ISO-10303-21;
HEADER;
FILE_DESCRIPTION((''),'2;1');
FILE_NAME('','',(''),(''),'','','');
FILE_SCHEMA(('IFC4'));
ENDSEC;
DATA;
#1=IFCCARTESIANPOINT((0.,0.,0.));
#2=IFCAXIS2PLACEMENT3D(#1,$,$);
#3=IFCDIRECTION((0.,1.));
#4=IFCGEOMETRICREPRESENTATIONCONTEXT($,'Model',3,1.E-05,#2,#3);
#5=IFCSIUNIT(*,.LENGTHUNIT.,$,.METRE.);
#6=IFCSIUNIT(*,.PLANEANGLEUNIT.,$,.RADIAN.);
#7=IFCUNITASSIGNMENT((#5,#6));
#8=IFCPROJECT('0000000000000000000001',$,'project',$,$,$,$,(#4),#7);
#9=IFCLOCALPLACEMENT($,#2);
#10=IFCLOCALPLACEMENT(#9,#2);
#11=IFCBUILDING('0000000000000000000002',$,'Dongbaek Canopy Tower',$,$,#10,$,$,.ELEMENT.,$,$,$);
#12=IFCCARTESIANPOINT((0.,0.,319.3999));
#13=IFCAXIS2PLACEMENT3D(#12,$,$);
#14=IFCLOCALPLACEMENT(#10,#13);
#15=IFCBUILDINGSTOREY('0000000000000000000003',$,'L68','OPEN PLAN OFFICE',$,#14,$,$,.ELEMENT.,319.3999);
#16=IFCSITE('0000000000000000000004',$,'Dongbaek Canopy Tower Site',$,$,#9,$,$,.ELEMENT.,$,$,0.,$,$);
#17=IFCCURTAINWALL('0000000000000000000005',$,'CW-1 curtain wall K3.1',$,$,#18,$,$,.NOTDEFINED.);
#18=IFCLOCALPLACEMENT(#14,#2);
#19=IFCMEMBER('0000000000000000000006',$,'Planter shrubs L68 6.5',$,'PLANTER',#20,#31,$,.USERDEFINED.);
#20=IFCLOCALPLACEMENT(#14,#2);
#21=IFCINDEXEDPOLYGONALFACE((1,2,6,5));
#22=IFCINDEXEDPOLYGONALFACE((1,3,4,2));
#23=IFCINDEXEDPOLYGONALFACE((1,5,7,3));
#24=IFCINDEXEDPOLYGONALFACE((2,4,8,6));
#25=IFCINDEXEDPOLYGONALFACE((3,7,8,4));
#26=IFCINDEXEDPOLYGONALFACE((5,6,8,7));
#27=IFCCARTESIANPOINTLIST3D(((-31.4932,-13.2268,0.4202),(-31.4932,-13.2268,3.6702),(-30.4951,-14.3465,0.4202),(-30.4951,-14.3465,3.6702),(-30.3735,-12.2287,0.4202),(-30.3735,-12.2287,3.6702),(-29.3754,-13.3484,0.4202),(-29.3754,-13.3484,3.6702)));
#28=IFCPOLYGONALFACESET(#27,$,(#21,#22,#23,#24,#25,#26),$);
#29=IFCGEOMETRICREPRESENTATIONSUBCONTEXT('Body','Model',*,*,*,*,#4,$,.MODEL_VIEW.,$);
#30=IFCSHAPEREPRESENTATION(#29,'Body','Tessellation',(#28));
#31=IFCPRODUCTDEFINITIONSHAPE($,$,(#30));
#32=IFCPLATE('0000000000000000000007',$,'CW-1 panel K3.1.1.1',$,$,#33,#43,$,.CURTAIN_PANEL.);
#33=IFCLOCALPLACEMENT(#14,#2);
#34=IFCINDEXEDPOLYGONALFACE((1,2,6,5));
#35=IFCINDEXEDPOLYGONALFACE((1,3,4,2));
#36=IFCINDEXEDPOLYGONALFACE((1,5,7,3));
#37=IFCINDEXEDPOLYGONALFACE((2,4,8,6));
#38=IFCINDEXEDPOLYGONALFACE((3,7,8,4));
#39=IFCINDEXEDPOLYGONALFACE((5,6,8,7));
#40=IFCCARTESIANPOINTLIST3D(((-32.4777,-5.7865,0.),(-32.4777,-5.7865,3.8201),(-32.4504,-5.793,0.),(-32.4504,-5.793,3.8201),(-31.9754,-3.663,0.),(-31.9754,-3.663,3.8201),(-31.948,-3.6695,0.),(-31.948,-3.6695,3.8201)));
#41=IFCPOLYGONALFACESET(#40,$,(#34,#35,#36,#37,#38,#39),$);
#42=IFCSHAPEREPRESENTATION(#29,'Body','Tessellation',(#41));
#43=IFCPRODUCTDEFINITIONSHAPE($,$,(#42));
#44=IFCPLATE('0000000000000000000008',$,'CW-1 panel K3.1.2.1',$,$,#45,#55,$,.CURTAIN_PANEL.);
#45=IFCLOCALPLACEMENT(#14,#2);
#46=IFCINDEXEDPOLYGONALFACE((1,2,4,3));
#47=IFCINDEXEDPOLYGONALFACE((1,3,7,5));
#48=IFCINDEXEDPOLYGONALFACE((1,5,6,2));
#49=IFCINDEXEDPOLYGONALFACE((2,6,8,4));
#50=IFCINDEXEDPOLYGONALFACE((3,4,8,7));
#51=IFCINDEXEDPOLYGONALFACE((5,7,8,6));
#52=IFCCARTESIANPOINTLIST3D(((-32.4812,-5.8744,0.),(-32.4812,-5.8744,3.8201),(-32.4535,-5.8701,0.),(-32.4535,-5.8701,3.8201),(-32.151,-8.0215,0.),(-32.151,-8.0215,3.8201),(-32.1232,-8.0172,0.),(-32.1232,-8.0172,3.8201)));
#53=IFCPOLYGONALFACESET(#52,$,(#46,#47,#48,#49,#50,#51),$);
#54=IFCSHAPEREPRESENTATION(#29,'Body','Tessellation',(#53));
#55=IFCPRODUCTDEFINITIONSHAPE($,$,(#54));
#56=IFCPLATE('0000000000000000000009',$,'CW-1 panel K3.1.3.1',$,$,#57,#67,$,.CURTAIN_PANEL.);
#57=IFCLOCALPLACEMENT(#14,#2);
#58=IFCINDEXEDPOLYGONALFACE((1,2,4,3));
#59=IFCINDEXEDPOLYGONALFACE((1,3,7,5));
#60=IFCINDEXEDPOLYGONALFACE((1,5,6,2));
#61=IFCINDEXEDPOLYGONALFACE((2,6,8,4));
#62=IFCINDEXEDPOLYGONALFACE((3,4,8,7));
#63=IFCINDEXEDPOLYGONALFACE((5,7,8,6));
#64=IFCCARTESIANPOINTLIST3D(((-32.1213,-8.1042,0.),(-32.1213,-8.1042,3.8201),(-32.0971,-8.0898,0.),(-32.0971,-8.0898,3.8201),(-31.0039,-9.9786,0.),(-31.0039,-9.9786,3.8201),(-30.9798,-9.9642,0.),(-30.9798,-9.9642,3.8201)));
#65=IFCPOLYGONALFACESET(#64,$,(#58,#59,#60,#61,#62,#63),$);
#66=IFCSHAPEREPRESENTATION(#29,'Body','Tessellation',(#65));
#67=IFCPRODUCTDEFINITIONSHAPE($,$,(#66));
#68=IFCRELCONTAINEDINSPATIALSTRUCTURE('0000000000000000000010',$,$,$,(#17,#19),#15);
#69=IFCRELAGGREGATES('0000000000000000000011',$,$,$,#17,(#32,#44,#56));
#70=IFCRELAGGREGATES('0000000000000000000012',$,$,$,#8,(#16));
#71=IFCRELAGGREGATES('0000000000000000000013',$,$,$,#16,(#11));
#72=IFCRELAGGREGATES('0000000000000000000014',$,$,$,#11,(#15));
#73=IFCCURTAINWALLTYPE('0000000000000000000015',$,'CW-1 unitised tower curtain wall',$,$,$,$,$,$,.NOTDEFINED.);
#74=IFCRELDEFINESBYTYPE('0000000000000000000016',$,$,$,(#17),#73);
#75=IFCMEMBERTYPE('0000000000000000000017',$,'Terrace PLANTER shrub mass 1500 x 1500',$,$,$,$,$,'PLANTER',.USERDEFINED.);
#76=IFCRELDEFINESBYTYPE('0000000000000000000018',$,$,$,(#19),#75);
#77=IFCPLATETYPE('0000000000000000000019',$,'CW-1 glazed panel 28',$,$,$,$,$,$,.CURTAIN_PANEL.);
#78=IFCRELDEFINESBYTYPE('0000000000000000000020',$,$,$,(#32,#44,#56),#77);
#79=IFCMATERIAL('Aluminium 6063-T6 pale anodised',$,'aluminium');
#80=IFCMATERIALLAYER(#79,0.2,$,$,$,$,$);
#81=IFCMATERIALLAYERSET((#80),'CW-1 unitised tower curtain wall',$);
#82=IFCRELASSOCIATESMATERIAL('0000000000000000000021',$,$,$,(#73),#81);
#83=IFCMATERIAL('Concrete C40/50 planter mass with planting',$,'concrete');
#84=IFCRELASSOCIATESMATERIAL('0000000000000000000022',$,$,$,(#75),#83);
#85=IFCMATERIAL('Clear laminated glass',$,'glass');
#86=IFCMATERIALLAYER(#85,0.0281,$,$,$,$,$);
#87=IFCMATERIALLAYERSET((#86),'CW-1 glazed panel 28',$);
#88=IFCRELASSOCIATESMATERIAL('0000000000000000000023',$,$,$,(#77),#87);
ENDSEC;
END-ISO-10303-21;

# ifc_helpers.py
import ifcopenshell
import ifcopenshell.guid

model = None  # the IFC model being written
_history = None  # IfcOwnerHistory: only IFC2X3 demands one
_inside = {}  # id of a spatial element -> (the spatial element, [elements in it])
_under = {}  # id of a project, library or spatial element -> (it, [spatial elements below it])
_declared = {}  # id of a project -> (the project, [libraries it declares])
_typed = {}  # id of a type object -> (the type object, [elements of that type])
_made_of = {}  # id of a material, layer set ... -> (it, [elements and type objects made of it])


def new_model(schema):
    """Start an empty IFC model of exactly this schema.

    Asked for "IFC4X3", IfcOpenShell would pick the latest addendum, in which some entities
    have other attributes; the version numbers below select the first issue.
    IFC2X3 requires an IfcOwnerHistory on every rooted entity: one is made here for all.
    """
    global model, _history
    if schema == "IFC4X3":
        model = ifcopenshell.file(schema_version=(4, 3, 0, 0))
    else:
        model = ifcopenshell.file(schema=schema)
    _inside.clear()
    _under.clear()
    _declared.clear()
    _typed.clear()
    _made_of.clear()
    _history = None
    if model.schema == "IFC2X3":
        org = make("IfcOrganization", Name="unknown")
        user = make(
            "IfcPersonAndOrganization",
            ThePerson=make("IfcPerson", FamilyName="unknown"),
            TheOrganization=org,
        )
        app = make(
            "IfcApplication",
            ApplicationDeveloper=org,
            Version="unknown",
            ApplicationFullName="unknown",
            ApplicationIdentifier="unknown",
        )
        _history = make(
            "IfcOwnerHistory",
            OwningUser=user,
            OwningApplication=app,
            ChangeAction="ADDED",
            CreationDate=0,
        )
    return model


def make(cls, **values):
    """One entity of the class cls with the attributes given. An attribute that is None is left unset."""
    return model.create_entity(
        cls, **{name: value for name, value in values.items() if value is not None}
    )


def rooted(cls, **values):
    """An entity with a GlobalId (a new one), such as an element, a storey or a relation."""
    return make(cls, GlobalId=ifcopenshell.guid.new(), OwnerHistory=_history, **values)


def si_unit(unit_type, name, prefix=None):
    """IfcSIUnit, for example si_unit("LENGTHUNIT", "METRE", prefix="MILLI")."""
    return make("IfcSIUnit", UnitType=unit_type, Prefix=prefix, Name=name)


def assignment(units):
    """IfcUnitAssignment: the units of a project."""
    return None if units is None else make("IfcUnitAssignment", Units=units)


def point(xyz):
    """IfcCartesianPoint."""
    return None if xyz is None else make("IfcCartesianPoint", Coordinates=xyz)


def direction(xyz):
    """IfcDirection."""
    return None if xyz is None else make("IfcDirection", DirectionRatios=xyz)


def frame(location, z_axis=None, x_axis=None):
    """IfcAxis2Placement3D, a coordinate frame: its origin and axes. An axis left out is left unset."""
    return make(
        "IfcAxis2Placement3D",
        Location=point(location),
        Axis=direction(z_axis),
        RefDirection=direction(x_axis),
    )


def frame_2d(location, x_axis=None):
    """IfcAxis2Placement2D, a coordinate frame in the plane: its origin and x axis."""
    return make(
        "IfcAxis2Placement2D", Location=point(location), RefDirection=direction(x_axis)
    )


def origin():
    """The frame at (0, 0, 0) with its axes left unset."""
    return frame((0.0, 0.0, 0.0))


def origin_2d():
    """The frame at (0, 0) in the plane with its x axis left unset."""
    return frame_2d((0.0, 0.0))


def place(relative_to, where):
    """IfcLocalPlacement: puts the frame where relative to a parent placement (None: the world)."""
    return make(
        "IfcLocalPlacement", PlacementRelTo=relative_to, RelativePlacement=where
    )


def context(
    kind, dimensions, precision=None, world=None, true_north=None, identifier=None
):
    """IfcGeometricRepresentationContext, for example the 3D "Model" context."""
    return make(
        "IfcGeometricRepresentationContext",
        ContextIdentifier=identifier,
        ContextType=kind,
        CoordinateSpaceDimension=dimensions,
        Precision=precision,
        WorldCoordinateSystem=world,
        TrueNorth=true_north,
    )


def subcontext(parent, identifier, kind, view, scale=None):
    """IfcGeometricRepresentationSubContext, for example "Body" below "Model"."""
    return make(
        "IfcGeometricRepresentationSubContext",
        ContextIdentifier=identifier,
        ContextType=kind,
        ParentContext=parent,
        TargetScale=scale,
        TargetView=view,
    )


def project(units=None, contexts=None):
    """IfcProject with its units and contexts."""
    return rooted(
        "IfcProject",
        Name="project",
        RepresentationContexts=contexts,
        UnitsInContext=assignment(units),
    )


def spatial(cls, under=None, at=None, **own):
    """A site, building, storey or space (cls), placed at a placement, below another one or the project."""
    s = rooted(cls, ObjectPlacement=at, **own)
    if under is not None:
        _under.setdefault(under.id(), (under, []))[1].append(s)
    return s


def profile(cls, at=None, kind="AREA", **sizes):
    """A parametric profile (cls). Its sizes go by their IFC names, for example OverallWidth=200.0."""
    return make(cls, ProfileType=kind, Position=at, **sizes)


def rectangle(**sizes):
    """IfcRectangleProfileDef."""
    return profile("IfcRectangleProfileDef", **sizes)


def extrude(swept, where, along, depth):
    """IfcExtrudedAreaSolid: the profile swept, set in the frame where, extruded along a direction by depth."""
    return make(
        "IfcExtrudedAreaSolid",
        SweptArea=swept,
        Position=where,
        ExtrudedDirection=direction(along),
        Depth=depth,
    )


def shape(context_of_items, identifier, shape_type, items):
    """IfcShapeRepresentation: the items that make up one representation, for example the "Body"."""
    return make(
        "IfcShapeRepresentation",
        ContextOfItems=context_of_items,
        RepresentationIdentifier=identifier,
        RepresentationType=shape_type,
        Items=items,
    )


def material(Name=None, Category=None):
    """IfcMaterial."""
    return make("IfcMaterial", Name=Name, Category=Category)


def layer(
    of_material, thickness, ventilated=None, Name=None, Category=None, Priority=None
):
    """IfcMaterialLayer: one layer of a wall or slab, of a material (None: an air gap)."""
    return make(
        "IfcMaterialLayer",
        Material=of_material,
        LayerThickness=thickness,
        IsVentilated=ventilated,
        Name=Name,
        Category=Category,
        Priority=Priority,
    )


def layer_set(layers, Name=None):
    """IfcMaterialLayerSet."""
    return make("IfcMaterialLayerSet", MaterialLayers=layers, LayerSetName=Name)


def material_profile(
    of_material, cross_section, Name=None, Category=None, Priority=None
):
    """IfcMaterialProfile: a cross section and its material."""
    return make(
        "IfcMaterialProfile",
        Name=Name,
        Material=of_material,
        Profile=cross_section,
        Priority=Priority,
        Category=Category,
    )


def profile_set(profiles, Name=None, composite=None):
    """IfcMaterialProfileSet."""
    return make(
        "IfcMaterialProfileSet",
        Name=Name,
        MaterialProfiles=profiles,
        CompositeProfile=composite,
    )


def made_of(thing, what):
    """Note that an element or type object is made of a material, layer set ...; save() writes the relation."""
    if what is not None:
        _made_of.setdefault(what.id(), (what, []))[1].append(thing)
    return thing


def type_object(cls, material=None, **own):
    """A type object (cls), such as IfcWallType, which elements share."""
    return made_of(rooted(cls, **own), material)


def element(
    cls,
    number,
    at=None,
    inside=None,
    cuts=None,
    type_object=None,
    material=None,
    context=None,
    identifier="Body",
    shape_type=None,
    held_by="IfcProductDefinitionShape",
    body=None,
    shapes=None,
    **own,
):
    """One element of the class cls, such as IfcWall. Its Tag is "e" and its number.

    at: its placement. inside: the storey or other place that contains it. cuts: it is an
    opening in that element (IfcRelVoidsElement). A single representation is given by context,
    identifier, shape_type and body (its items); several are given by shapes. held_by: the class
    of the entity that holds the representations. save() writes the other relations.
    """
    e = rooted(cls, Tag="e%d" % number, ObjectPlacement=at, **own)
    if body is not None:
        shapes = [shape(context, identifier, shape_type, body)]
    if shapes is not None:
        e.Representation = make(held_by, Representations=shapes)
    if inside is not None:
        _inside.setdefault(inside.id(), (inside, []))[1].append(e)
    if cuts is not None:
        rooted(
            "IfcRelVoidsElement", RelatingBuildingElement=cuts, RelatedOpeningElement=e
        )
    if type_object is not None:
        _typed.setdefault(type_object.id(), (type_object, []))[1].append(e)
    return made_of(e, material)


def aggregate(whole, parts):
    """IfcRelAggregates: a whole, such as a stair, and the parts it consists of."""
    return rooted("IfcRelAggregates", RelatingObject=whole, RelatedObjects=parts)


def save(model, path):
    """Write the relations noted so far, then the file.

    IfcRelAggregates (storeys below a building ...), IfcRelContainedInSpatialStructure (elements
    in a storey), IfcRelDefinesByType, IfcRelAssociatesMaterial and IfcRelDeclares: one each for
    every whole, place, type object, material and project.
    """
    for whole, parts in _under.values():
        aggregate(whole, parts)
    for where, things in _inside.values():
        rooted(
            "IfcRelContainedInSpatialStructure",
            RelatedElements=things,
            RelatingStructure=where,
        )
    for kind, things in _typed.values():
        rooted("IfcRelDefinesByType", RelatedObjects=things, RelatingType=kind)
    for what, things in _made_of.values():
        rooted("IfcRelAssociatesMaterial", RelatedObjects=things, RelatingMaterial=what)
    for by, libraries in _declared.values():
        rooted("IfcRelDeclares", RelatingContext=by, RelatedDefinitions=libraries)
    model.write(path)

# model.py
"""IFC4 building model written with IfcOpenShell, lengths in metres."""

from ifc_helpers import new_model, si_unit, direction, frame, origin, origin_2d, place, context, subcontext, project, spatial, rectangle, extrude, material, layer, layer_set, material_profile, profile_set, type_object, element, aggregate, save


model = new_model("IFC4")

# Units and contexts
model_context = context("Model", 3, precision=1e-05, world=origin(), true_north=direction((0.0, 1.0)))
body_context = subcontext(model_context, "Body", "Model", "MODEL_VIEW")
ifc_project = project(units=[si_unit("LENGTHUNIT", "METRE"), si_unit("PLANEANGLEUNIT", "RADIAN")], contexts=[model_context])

# Site, building, storey
site_placement = place(None, origin())
site = spatial("IfcSite", under=ifc_project, at=site_placement, Name="Dongbaek Canopy Tower Site", CompositionType="ELEMENT", RefElevation=0.0)
building_placement = place(site_placement, origin())
building = spatial("IfcBuilding", under=site, at=building_placement, Name="Dongbaek Canopy Tower", CompositionType="ELEMENT")
storey_placement = place(building_placement, frame((0.0, 0.0, 319.3999)))
storey = spatial("IfcBuildingStorey", under=building, at=storey_placement, Name="L68", Description="OPEN PLAN OFFICE", CompositionType="ELEMENT", Elevation=319.3999)

# Curtain wall
ifc_material_1 = material(Name="Aluminium 6063-T6 pale anodised", Category="aluminium")
ifc_layer_1 = layer(ifc_material_1, 0.2)
ifc_layer_set_1 = layer_set([ifc_layer_1], Name="CW-1 unitised tower curtain wall")
curtain_wall_type = type_object("IfcCurtainWallType", Name="CW-1 unitised tower curtain wall", PredefinedType="NOTDEFINED", material=ifc_layer_set_1)
curtain_wall_placement = place(storey_placement, origin())
curtain_wall = element("IfcCurtainWall", 1, at=curtain_wall_placement, inside=storey, type_object=curtain_wall_type, Name="CW-1 curtain wall K3.1", PredefinedType="NOTDEFINED")

# Member
ifc_material_2 = material(Name="Concrete C40/50 planter mass with planting", Category="concrete")
ifc_material_profile_1 = material_profile(ifc_material_2, rectangle(XDim=1.5, YDim=1.5, at=origin_2d()), Name="Terrace PLANTER shrub mass 1500 x 1500")
ifc_profile_set_1 = profile_set([ifc_material_profile_1], Name="Concrete C40/50 planter mass with planting")
member_type_1 = type_object("IfcMemberType", Name="Terrace PLANTER shrub mass 1500 x 1500", ElementType="PLANTER", PredefinedType="USERDEFINED", material=ifc_profile_set_1)
member_1_placement = place(storey_placement, frame((-30.4343, -13.2876, 0.4202), z_axis=(0.0, 0.0, 1.0), x_axis=(-0.746479, -0.665409, 0.0)))
element("IfcMember", 2, at=member_1_placement, inside=storey, type_object=member_type_1, Name="Planter shrubs L68 6.5", ObjectType="PLANTER", PredefinedType="USERDEFINED", context=body_context, shape_type="SweptSolid", body=[
    extrude(rectangle(XDim=1.5, YDim=1.5, at=origin_2d()), origin(), (0.0, 0.0, 1.0), 3.25),
])

# Plates
ifc_material_3 = material(Name="Clear laminated glass", Category="glass")
ifc_layer_2 = layer(ifc_material_3, 0.0281)
ifc_layer_set_2 = layer_set([ifc_layer_2], Name="CW-1 glazed panel 28")
plate_type = type_object("IfcPlateType", Name="CW-1 glazed panel 28", PredefinedType="CURTAIN_PANEL", material=ifc_layer_set_2)
plate_1_placement = place(storey_placement, frame((-32.2129, -4.728, 0.0), z_axis=(0.0, 0.0, 1.0), x_axis=(-0.230232, -0.973136, 0.0)))
plate_1 = element("IfcPlate", 3, at=plate_1_placement, type_object=plate_type, Name="CW-1 panel K3.1.1.1", PredefinedType="CURTAIN_PANEL", context=body_context, shape_type="SweptSolid", body=[
    extrude(rectangle(XDim=2.1821, YDim=0.0281, at=origin_2d()), origin(), (0.0, 0.0, 1.0), 3.8201),
])
plate_2_placement = place(storey_placement, frame((-32.3022, -6.9458, 0.0), z_axis=(0.0, 0.0, 1.0), x_axis=(0.152024, -0.988377, 0.0)))
plate_2 = element("IfcPlate", 4, at=plate_2_placement, type_object=plate_type, Name="CW-1 panel K3.1.2.1", PredefinedType="CURTAIN_PANEL", context=body_context, shape_type="SweptSolid", body=[
    extrude(rectangle(XDim=2.1724, YDim=0.0281, at=origin_2d()), origin(), (0.0, 0.0, 1.0), 3.8201),
])
plate_3_placement = place(storey_placement, frame((-31.5505, -9.0342, 0.0), z_axis=(0.0, 0.0, 1.0), x_axis=(0.512031, -0.858967, 0.0)))
plate_3 = element("IfcPlate", 5, at=plate_3_placement, type_object=plate_type, Name="CW-1 panel K3.1.3.1", PredefinedType="CURTAIN_PANEL", context=body_context, shape_type="SweptSolid", body=[
    extrude(rectangle(XDim=2.1821, YDim=0.0281, at=origin_2d()), origin(), (0.0, 0.0, 1.0), 3.8201),
])
aggregate(curtain_wall, [plate_1, plate_2, plate_3])

save(model, "model.ifc")
